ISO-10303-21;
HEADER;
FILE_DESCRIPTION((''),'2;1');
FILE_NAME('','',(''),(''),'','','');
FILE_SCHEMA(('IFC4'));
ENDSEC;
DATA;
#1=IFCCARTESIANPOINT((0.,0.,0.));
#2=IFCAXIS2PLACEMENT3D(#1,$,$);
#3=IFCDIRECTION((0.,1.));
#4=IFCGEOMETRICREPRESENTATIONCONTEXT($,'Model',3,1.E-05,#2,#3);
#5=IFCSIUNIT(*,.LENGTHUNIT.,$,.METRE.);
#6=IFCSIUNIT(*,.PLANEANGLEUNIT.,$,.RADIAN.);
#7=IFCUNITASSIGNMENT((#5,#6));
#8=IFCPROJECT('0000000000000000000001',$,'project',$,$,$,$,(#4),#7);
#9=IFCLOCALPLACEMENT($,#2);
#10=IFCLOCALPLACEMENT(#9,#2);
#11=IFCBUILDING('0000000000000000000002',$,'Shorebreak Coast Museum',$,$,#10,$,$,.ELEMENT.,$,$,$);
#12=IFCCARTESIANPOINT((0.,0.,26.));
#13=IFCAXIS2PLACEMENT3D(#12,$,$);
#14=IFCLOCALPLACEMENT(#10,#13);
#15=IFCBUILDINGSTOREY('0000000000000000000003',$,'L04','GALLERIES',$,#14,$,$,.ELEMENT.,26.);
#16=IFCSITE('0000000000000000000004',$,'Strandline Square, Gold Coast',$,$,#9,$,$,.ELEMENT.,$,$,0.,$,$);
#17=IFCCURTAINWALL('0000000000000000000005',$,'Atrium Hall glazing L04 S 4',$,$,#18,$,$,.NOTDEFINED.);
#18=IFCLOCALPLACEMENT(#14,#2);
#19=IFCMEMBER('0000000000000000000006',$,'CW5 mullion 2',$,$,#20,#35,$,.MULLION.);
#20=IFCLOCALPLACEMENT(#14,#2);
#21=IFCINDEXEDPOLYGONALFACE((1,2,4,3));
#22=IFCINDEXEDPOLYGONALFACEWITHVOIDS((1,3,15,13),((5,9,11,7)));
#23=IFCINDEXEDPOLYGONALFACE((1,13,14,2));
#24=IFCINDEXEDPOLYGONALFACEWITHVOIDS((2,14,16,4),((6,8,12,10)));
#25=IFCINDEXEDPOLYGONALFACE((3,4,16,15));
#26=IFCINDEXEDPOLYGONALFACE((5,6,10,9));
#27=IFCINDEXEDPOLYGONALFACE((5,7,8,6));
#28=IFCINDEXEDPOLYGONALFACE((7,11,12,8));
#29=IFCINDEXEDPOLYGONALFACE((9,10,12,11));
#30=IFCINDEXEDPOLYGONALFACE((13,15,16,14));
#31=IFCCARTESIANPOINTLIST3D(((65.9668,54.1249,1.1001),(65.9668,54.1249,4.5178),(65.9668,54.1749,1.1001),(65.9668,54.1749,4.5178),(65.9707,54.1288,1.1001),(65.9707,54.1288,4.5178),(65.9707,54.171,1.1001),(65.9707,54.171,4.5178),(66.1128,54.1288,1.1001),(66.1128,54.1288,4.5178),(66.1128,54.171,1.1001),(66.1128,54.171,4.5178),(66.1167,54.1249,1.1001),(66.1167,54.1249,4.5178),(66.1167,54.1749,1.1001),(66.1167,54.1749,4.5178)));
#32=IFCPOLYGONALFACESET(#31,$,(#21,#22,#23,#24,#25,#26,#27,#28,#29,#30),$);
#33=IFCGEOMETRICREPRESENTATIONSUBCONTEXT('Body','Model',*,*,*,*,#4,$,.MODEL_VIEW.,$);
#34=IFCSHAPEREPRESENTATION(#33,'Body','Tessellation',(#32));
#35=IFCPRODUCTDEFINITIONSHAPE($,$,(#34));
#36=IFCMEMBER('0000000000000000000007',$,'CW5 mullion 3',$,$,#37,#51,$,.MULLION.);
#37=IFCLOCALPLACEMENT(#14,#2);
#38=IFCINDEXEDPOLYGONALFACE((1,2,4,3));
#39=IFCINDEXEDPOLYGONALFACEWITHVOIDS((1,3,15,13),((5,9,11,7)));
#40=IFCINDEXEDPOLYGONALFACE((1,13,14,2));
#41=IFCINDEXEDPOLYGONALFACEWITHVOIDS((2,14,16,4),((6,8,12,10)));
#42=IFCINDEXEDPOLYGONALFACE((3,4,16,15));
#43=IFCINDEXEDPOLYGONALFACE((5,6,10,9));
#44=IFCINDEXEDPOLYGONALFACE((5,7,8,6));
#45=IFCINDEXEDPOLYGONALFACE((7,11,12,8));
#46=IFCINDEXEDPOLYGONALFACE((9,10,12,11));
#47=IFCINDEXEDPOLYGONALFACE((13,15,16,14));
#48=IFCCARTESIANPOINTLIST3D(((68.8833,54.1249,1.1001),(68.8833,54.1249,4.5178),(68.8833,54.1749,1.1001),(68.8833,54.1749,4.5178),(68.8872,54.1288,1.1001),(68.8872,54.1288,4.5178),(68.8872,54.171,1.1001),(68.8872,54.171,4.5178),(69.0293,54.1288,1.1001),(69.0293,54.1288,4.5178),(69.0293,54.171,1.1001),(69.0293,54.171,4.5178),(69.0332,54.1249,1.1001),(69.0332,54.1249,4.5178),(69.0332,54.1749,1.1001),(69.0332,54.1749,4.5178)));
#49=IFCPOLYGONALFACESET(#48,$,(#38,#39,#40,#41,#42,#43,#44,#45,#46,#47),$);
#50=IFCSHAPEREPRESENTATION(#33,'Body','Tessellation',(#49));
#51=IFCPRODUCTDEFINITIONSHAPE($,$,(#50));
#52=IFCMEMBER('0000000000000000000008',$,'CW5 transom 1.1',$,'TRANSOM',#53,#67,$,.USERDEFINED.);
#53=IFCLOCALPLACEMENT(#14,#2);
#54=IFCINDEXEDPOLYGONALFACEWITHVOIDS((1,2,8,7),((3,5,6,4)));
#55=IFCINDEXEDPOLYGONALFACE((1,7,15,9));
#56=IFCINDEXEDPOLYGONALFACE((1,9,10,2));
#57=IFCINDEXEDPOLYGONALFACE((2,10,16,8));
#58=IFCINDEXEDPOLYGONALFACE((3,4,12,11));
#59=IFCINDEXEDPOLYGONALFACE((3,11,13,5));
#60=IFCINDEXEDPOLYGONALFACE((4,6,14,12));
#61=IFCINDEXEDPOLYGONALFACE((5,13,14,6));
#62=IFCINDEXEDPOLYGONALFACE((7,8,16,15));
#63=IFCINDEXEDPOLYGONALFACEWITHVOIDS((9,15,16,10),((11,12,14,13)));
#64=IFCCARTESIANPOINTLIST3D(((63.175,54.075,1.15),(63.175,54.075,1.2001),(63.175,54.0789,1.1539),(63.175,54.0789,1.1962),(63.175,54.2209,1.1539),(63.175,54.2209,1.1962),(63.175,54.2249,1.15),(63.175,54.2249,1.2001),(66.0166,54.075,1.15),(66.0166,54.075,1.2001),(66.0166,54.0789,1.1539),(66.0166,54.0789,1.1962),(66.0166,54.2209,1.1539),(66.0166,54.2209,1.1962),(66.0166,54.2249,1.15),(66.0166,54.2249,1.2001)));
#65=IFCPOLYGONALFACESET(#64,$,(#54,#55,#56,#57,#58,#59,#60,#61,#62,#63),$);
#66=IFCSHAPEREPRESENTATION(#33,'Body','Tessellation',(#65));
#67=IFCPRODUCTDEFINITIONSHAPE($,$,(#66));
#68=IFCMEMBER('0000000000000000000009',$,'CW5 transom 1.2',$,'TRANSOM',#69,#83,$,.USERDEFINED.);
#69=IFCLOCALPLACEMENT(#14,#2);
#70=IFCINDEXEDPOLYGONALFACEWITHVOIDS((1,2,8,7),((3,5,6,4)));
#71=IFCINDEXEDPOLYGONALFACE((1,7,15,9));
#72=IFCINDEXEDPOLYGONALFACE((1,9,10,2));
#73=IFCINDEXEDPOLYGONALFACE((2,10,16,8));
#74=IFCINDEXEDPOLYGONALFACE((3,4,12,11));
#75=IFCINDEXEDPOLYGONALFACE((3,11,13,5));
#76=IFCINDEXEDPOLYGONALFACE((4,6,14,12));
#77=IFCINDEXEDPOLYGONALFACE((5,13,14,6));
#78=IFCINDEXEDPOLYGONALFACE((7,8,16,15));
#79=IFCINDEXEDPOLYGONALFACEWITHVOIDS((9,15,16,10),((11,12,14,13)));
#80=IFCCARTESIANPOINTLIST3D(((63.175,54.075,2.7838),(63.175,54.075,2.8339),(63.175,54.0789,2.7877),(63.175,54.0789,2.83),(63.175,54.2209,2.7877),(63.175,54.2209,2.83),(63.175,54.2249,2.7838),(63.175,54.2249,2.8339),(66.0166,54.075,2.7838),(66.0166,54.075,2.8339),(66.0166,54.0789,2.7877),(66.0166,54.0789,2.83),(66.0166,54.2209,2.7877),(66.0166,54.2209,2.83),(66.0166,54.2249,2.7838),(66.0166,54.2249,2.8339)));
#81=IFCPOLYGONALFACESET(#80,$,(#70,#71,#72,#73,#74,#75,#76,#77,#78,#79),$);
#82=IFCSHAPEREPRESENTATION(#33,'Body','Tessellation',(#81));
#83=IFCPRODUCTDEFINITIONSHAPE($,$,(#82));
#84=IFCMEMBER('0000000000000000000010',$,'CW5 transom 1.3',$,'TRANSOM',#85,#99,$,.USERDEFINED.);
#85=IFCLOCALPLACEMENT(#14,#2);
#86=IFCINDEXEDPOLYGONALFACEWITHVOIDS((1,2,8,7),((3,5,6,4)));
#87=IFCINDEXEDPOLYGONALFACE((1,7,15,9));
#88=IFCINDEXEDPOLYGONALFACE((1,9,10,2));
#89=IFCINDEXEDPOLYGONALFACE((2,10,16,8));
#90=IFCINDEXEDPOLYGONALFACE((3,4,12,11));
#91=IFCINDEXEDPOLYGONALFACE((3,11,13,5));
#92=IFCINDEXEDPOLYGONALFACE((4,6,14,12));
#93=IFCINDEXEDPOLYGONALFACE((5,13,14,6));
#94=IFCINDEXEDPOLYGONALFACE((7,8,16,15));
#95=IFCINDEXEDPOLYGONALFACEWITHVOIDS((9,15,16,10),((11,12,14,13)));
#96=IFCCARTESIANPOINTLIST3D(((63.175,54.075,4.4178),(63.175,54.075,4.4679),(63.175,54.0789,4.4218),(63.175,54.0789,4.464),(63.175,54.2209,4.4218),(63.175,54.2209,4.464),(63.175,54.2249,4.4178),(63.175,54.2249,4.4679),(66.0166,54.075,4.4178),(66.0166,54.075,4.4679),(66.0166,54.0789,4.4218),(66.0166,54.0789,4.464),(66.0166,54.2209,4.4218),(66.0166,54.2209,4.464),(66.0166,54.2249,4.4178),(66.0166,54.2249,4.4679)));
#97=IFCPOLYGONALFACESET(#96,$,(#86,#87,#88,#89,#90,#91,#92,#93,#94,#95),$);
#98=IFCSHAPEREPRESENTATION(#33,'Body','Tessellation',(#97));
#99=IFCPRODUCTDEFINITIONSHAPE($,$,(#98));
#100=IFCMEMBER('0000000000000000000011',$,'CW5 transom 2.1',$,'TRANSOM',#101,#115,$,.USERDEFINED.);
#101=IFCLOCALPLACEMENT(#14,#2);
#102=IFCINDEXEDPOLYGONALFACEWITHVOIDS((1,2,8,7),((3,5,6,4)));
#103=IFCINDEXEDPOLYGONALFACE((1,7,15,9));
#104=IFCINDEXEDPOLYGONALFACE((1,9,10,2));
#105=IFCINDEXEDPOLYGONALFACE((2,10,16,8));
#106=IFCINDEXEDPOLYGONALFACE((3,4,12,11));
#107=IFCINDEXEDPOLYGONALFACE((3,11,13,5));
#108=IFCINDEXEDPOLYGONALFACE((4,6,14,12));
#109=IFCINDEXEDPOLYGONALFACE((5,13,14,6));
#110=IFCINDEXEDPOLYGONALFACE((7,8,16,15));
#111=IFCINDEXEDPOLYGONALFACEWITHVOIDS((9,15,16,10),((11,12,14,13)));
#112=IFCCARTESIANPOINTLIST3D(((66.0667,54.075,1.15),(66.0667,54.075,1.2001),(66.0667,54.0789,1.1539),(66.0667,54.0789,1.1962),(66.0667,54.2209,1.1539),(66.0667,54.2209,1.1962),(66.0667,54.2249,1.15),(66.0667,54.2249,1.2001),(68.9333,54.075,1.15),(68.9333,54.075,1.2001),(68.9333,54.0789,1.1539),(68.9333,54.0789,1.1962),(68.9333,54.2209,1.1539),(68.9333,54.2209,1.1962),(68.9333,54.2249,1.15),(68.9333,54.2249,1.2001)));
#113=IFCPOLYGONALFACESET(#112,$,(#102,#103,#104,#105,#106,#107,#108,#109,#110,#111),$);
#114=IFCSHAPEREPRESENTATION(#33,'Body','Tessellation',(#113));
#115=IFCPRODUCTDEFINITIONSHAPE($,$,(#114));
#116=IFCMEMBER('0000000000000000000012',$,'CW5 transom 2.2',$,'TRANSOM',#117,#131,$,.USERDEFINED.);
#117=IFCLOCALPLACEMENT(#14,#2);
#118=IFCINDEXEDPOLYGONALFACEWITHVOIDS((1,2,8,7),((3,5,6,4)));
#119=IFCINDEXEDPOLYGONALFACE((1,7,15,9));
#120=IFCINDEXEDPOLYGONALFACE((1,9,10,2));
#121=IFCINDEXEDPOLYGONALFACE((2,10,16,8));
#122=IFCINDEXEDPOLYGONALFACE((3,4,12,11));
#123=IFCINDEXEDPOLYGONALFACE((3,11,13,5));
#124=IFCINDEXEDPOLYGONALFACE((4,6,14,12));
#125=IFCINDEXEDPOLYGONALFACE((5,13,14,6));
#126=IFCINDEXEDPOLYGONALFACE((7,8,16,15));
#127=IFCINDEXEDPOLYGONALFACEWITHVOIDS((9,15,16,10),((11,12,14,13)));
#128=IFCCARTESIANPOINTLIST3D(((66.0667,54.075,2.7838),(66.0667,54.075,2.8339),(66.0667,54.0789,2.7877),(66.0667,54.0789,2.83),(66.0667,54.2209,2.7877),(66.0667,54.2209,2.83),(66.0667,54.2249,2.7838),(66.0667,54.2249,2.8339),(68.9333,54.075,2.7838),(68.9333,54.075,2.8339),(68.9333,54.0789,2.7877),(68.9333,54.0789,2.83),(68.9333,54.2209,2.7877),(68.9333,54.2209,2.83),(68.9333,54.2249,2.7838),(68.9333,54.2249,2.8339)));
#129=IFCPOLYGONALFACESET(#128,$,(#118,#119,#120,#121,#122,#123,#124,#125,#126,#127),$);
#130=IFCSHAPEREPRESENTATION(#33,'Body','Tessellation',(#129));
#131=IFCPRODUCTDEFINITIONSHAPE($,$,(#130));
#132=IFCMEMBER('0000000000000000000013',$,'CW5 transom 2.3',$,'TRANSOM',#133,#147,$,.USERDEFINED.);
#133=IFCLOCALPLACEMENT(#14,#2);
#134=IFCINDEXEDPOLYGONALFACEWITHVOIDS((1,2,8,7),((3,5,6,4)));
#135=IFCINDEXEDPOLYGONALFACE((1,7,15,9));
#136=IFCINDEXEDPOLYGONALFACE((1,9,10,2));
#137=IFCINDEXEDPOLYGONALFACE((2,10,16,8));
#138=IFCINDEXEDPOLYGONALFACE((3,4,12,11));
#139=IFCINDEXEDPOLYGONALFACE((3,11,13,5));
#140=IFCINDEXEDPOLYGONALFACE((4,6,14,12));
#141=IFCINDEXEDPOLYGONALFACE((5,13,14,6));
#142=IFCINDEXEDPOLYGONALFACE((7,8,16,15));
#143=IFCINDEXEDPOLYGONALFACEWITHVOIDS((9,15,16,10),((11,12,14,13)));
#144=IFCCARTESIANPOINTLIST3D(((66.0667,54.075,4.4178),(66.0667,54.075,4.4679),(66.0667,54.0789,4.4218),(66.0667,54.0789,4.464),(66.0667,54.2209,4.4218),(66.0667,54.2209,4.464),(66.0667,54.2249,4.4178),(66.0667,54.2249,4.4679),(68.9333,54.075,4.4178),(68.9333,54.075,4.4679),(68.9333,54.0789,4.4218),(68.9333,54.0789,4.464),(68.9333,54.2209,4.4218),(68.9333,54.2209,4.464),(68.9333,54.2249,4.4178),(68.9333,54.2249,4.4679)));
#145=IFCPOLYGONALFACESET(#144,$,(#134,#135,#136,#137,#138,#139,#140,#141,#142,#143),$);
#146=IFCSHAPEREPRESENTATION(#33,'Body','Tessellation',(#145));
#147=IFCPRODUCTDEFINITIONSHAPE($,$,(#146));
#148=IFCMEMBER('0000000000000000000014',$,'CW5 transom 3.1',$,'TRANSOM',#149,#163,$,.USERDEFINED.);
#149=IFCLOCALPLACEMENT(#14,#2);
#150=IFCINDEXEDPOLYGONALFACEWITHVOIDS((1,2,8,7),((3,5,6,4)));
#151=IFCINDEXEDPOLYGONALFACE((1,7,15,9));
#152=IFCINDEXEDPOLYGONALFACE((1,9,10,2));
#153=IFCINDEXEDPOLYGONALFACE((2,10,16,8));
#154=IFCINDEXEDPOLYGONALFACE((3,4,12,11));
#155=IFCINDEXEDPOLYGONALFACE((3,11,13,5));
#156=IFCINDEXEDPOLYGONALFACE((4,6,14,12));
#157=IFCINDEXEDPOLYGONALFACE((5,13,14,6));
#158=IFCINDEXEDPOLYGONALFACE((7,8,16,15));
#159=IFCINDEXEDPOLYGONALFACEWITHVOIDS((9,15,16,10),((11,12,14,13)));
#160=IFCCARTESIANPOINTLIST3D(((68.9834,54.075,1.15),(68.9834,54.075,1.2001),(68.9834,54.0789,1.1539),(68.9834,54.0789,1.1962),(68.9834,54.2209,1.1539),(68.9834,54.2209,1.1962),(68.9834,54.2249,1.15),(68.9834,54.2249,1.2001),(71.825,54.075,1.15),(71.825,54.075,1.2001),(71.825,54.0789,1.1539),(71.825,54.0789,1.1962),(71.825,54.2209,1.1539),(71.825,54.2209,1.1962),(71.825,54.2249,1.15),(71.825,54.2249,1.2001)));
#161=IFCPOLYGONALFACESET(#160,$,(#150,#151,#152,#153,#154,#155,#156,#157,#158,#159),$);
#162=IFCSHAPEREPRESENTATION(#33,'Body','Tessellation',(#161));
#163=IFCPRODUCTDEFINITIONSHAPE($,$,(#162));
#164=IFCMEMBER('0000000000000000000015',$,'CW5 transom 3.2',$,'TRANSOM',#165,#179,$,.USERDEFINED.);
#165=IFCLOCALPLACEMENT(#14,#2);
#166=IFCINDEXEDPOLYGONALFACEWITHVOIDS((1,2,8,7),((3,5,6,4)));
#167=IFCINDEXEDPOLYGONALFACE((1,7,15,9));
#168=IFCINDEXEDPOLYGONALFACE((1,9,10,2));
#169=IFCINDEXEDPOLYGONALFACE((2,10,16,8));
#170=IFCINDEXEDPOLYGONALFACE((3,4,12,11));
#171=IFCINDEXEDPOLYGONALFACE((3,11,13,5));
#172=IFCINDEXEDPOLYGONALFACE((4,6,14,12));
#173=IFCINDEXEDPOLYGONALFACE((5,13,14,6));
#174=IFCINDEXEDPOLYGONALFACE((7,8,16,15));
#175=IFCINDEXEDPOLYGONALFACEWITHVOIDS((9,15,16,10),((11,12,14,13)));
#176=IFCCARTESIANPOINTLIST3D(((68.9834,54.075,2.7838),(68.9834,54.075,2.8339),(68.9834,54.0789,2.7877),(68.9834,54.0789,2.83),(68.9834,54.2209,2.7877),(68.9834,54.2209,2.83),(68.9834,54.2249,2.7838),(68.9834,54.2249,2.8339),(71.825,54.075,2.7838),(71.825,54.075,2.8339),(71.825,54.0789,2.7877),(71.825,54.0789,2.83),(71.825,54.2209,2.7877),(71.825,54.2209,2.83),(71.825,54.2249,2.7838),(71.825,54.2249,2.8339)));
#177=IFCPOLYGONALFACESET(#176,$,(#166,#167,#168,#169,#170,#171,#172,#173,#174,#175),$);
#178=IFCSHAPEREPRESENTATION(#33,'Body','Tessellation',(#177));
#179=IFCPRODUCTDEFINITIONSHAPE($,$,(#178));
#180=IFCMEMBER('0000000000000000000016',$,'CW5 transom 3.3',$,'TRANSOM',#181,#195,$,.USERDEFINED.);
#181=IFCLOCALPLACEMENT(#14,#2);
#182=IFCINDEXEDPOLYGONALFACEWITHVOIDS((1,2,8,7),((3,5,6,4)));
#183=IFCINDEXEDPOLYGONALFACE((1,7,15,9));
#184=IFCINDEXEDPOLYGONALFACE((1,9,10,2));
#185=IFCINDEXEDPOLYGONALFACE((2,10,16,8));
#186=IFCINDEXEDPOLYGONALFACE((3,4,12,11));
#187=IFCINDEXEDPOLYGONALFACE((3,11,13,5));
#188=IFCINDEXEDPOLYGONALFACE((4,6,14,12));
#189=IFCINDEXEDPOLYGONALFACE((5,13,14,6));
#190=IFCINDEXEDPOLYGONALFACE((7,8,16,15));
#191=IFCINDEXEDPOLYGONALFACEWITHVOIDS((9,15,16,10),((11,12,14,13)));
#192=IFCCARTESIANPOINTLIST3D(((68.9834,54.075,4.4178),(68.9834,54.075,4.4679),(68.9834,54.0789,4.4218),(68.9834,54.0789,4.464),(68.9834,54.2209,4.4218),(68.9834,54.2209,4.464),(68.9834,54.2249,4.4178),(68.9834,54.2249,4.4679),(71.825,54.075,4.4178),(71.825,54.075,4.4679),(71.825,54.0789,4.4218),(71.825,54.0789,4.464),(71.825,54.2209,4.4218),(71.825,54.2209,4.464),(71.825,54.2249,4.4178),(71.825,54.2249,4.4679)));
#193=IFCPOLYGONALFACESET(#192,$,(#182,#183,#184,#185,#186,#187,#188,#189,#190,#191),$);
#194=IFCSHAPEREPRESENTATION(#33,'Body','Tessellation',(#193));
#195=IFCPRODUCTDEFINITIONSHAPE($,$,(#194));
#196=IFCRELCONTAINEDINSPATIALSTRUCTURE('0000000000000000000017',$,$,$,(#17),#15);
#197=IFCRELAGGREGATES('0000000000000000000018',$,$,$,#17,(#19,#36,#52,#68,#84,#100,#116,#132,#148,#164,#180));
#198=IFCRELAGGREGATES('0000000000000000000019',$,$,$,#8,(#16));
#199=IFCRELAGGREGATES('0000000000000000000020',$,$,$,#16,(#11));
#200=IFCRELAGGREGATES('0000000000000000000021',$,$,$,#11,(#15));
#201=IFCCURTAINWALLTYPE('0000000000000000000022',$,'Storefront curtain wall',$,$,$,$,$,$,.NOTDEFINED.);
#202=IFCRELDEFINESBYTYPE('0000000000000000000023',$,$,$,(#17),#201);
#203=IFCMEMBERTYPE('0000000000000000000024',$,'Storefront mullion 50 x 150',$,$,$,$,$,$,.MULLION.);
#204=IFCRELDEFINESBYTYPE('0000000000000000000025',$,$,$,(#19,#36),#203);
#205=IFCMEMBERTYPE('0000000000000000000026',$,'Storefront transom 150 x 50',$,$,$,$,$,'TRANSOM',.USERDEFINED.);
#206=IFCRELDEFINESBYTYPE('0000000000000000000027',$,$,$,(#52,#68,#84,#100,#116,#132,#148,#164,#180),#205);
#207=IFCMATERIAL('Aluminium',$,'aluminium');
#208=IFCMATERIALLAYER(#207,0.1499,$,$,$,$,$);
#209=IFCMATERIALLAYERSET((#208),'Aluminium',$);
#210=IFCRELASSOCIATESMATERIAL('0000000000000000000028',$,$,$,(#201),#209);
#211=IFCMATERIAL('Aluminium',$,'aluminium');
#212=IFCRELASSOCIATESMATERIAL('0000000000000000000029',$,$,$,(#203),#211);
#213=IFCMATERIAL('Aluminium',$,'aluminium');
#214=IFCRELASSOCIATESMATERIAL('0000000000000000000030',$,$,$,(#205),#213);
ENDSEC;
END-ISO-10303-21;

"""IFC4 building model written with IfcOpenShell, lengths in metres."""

from ifc_helpers import new_model, si_unit, direction, frame, origin, origin_2d, place, context, subcontext, project, spatial, hollow_rectangle, extrude, material, layer, layer_set, material_profile, profile_set, type_object, element, aggregate, save


model = new_model("IFC4")

# Units and contexts
model_context = context("Model", 3, precision=1e-05, world=origin(), true_north=direction((0.0, 1.0)))
body_context = subcontext(model_context, "Body", "Model", "MODEL_VIEW")
ifc_project = project(units=[si_unit("LENGTHUNIT", "METRE"), si_unit("PLANEANGLEUNIT", "RADIAN")], contexts=[model_context])

# Site, building, storey
site_placement = place(None, origin())
site = spatial("IfcSite", under=ifc_project, at=site_placement, Name="Strandline Square, Gold Coast", CompositionType="ELEMENT", RefElevation=0.0)
building_placement = place(site_placement, origin())
building = spatial("IfcBuilding", under=site, at=building_placement, Name="Shorebreak Coast Museum", CompositionType="ELEMENT")
storey_placement = place(building_placement, frame((0.0, 0.0, 26.0)))
storey = spatial("IfcBuildingStorey", under=building, at=storey_placement, Name="L04", Description="GALLERIES", CompositionType="ELEMENT", Elevation=26.0)

# Curtain wall, members
ifc_material_1 = material(Name="Aluminium", Category="aluminium")
ifc_layer_1 = layer(ifc_material_1, 0.1499)
ifc_layer_set_1 = layer_set([ifc_layer_1], Name="Aluminium")
curtain_wall_type_1 = type_object("IfcCurtainWallType", Name="Storefront curtain wall", PredefinedType="NOTDEFINED", material=ifc_layer_set_1)
curtain_wall_1_placement = place(storey_placement, origin())
curtain_wall_1 = element("IfcCurtainWall", 1, at=curtain_wall_1_placement, inside=storey, type_object=curtain_wall_type_1, Name="Atrium Hall glazing L04 S 4", PredefinedType="NOTDEFINED")
ifc_material_2 = material(Name="Aluminium", Category="aluminium")
ifc_material_profile_1 = material_profile(ifc_material_2, hollow_rectangle(XDim=0.05, YDim=0.1499, WallThickness=0.0039, at=origin_2d()), Name="AL 150x50 RHS")
ifc_profile_set_1 = profile_set([ifc_material_profile_1], Name="Aluminium")
member_type_1 = type_object("IfcMemberType", Name="Storefront mullion 50 x 150", PredefinedType="MULLION", material=ifc_profile_set_1)
member_1_placement = place(storey_placement, frame((66.0417, 54.1499, 1.1001), z_axis=(0.0, 0.0, 1.0), x_axis=(0.0, 1.0, 0.0)))
member_1 = element("IfcMember", 2, at=member_1_placement, type_object=member_type_1, Name="CW5 mullion 2", PredefinedType="MULLION", context=body_context, shape_type="SweptSolid", body=[
    extrude(hollow_rectangle(XDim=0.05, YDim=0.1499, WallThickness=0.0039, at=origin_2d()), origin(), (0.0, 0.0, 1.0), 3.4177),
])
member_2_placement = place(storey_placement, frame((68.9583, 54.1499, 1.1001), z_axis=(0.0, 0.0, 1.0), x_axis=(0.0, 1.0, 0.0)))
member_2 = element("IfcMember", 3, at=member_2_placement, type_object=member_type_1, Name="CW5 mullion 3", PredefinedType="MULLION", context=body_context, shape_type="SweptSolid", body=[
    extrude(hollow_rectangle(XDim=0.05, YDim=0.1499, WallThickness=0.0039, at=origin_2d()), origin(), (0.0, 0.0, 1.0), 3.4177),
])
ifc_material_3 = material(Name="Aluminium", Category="aluminium")
ifc_material_profile_2 = material_profile(ifc_material_3, hollow_rectangle(XDim=0.1499, YDim=0.05, WallThickness=0.0039, at=origin_2d()), Name="AL 50x150 RHS")
ifc_profile_set_2 = profile_set([ifc_material_profile_2], Name="Aluminium")
member_type_2 = type_object("IfcMemberType", Name="Storefront transom 150 x 50", ElementType="TRANSOM", PredefinedType="USERDEFINED", material=ifc_profile_set_2)
member_3_placement = place(storey_placement, frame((63.175, 54.1499, 1.175), z_axis=(1.0, 0.0, 0.0), x_axis=(0.0, 1.0, 0.0)))
member_3 = element("IfcMember", 4, at=member_3_placement, type_object=member_type_2, Name="CW5 transom 1.1", ObjectType="TRANSOM", PredefinedType="USERDEFINED", context=body_context, shape_type="SweptSolid", body=[
    extrude(hollow_rectangle(XDim=0.1499, YDim=0.05, WallThickness=0.0039, at=origin_2d()), origin(), (0.0, 0.0, 1.0), 2.8416),
])
member_4_placement = place(storey_placement, frame((63.175, 54.1499, 2.8088), z_axis=(1.0, 0.0, 0.0), x_axis=(0.0, 1.0, 0.0)))
member_4 = element("IfcMember", 5, at=member_4_placement, type_object=member_type_2, Name="CW5 transom 1.2", ObjectType="TRANSOM", PredefinedType="USERDEFINED", context=body_context, shape_type="SweptSolid", body=[
    extrude(hollow_rectangle(XDim=0.1499, YDim=0.05, WallThickness=0.0039, at=origin_2d()), origin(), (0.0, 0.0, 1.0), 2.8416),
])
member_5_placement = place(storey_placement, frame((63.175, 54.1499, 4.4429), z_axis=(1.0, 0.0, 0.0), x_axis=(0.0, 1.0, 0.0)))
member_5 = element("IfcMember", 6, at=member_5_placement, type_object=member_type_2, Name="CW5 transom 1.3", ObjectType="TRANSOM", PredefinedType="USERDEFINED", context=body_context, shape_type="SweptSolid", body=[
    extrude(hollow_rectangle(XDim=0.1499, YDim=0.05, WallThickness=0.0039, at=origin_2d()), origin(), (0.0, 0.0, 1.0), 2.8416),
])
member_6_placement = place(storey_placement, frame((66.0667, 54.1499, 1.175), z_axis=(1.0, 0.0, 0.0), x_axis=(0.0, 1.0, 0.0)))
member_6 = element("IfcMember", 7, at=member_6_placement, type_object=member_type_2, Name="CW5 transom 2.1", ObjectType="TRANSOM", PredefinedType="USERDEFINED", context=body_context, shape_type="SweptSolid", body=[
    extrude(hollow_rectangle(XDim=0.1499, YDim=0.05, WallThickness=0.0039, at=origin_2d()), origin(), (0.0, 0.0, 1.0), 2.8667),
])
member_7_placement = place(storey_placement, frame((66.0667, 54.1499, 2.8088), z_axis=(1.0, 0.0, 0.0), x_axis=(0.0, 1.0, 0.0)))
member_7 = element("IfcMember", 8, at=member_7_placement, type_object=member_type_2, Name="CW5 transom 2.2", ObjectType="TRANSOM", PredefinedType="USERDEFINED", context=body_context, shape_type="SweptSolid", body=[
    extrude(hollow_rectangle(XDim=0.1499, YDim=0.05, WallThickness=0.0039, at=origin_2d()), origin(), (0.0, 0.0, 1.0), 2.8667),
])
member_8_placement = place(storey_placement, frame((66.0667, 54.1499, 4.4429), z_axis=(1.0, 0.0, 0.0), x_axis=(0.0, 1.0, 0.0)))
member_8 = element("IfcMember", 9, at=member_8_placement, type_object=member_type_2, Name="CW5 transom 2.3", ObjectType="TRANSOM", PredefinedType="USERDEFINED", context=body_context, shape_type="SweptSolid", body=[
    extrude(hollow_rectangle(XDim=0.1499, YDim=0.05, WallThickness=0.0039, at=origin_2d()), origin(), (0.0, 0.0, 1.0), 2.8667),
])
member_9_placement = place(storey_placement, frame((68.9834, 54.1499, 1.175), z_axis=(1.0, 0.0, 0.0), x_axis=(0.0, 1.0, 0.0)))
member_9 = element("IfcMember", 10, at=member_9_placement, type_object=member_type_2, Name="CW5 transom 3.1", ObjectType="TRANSOM", PredefinedType="USERDEFINED", context=body_context, shape_type="SweptSolid", body=[
    extrude(hollow_rectangle(XDim=0.1499, YDim=0.05, WallThickness=0.0039, at=origin_2d()), origin(), (0.0, 0.0, 1.0), 2.8416),
])
member_10_placement = place(storey_placement, frame((68.9834, 54.1499, 2.8088), z_axis=(1.0, 0.0, 0.0), x_axis=(0.0, 1.0, 0.0)))
member_10 = element("IfcMember", 11, at=member_10_placement, type_object=member_type_2, Name="CW5 transom 3.2", ObjectType="TRANSOM", PredefinedType="USERDEFINED", context=body_context, shape_type="SweptSolid", body=[
    extrude(hollow_rectangle(XDim=0.1499, YDim=0.05, WallThickness=0.0039, at=origin_2d()), origin(), (0.0, 0.0, 1.0), 2.8416),
])
member_11_placement = place(storey_placement, frame((68.9834, 54.1499, 4.4429), z_axis=(1.0, 0.0, 0.0), x_axis=(0.0, 1.0, 0.0)))
member_11 = element("IfcMember", 12, at=member_11_placement, type_object=member_type_2, Name="CW5 transom 3.3", ObjectType="TRANSOM", PredefinedType="USERDEFINED", context=body_context, shape_type="SweptSolid", body=[
    extrude(hollow_rectangle(XDim=0.1499, YDim=0.05, WallThickness=0.0039, at=origin_2d()), origin(), (0.0, 0.0, 1.0), 2.8416),
])
aggregate(curtain_wall_1, [member_1, member_2, member_3, member_4, member_5, member_6, member_7, member_8, member_9, member_10, member_11])

save(model, "model.ifc")
